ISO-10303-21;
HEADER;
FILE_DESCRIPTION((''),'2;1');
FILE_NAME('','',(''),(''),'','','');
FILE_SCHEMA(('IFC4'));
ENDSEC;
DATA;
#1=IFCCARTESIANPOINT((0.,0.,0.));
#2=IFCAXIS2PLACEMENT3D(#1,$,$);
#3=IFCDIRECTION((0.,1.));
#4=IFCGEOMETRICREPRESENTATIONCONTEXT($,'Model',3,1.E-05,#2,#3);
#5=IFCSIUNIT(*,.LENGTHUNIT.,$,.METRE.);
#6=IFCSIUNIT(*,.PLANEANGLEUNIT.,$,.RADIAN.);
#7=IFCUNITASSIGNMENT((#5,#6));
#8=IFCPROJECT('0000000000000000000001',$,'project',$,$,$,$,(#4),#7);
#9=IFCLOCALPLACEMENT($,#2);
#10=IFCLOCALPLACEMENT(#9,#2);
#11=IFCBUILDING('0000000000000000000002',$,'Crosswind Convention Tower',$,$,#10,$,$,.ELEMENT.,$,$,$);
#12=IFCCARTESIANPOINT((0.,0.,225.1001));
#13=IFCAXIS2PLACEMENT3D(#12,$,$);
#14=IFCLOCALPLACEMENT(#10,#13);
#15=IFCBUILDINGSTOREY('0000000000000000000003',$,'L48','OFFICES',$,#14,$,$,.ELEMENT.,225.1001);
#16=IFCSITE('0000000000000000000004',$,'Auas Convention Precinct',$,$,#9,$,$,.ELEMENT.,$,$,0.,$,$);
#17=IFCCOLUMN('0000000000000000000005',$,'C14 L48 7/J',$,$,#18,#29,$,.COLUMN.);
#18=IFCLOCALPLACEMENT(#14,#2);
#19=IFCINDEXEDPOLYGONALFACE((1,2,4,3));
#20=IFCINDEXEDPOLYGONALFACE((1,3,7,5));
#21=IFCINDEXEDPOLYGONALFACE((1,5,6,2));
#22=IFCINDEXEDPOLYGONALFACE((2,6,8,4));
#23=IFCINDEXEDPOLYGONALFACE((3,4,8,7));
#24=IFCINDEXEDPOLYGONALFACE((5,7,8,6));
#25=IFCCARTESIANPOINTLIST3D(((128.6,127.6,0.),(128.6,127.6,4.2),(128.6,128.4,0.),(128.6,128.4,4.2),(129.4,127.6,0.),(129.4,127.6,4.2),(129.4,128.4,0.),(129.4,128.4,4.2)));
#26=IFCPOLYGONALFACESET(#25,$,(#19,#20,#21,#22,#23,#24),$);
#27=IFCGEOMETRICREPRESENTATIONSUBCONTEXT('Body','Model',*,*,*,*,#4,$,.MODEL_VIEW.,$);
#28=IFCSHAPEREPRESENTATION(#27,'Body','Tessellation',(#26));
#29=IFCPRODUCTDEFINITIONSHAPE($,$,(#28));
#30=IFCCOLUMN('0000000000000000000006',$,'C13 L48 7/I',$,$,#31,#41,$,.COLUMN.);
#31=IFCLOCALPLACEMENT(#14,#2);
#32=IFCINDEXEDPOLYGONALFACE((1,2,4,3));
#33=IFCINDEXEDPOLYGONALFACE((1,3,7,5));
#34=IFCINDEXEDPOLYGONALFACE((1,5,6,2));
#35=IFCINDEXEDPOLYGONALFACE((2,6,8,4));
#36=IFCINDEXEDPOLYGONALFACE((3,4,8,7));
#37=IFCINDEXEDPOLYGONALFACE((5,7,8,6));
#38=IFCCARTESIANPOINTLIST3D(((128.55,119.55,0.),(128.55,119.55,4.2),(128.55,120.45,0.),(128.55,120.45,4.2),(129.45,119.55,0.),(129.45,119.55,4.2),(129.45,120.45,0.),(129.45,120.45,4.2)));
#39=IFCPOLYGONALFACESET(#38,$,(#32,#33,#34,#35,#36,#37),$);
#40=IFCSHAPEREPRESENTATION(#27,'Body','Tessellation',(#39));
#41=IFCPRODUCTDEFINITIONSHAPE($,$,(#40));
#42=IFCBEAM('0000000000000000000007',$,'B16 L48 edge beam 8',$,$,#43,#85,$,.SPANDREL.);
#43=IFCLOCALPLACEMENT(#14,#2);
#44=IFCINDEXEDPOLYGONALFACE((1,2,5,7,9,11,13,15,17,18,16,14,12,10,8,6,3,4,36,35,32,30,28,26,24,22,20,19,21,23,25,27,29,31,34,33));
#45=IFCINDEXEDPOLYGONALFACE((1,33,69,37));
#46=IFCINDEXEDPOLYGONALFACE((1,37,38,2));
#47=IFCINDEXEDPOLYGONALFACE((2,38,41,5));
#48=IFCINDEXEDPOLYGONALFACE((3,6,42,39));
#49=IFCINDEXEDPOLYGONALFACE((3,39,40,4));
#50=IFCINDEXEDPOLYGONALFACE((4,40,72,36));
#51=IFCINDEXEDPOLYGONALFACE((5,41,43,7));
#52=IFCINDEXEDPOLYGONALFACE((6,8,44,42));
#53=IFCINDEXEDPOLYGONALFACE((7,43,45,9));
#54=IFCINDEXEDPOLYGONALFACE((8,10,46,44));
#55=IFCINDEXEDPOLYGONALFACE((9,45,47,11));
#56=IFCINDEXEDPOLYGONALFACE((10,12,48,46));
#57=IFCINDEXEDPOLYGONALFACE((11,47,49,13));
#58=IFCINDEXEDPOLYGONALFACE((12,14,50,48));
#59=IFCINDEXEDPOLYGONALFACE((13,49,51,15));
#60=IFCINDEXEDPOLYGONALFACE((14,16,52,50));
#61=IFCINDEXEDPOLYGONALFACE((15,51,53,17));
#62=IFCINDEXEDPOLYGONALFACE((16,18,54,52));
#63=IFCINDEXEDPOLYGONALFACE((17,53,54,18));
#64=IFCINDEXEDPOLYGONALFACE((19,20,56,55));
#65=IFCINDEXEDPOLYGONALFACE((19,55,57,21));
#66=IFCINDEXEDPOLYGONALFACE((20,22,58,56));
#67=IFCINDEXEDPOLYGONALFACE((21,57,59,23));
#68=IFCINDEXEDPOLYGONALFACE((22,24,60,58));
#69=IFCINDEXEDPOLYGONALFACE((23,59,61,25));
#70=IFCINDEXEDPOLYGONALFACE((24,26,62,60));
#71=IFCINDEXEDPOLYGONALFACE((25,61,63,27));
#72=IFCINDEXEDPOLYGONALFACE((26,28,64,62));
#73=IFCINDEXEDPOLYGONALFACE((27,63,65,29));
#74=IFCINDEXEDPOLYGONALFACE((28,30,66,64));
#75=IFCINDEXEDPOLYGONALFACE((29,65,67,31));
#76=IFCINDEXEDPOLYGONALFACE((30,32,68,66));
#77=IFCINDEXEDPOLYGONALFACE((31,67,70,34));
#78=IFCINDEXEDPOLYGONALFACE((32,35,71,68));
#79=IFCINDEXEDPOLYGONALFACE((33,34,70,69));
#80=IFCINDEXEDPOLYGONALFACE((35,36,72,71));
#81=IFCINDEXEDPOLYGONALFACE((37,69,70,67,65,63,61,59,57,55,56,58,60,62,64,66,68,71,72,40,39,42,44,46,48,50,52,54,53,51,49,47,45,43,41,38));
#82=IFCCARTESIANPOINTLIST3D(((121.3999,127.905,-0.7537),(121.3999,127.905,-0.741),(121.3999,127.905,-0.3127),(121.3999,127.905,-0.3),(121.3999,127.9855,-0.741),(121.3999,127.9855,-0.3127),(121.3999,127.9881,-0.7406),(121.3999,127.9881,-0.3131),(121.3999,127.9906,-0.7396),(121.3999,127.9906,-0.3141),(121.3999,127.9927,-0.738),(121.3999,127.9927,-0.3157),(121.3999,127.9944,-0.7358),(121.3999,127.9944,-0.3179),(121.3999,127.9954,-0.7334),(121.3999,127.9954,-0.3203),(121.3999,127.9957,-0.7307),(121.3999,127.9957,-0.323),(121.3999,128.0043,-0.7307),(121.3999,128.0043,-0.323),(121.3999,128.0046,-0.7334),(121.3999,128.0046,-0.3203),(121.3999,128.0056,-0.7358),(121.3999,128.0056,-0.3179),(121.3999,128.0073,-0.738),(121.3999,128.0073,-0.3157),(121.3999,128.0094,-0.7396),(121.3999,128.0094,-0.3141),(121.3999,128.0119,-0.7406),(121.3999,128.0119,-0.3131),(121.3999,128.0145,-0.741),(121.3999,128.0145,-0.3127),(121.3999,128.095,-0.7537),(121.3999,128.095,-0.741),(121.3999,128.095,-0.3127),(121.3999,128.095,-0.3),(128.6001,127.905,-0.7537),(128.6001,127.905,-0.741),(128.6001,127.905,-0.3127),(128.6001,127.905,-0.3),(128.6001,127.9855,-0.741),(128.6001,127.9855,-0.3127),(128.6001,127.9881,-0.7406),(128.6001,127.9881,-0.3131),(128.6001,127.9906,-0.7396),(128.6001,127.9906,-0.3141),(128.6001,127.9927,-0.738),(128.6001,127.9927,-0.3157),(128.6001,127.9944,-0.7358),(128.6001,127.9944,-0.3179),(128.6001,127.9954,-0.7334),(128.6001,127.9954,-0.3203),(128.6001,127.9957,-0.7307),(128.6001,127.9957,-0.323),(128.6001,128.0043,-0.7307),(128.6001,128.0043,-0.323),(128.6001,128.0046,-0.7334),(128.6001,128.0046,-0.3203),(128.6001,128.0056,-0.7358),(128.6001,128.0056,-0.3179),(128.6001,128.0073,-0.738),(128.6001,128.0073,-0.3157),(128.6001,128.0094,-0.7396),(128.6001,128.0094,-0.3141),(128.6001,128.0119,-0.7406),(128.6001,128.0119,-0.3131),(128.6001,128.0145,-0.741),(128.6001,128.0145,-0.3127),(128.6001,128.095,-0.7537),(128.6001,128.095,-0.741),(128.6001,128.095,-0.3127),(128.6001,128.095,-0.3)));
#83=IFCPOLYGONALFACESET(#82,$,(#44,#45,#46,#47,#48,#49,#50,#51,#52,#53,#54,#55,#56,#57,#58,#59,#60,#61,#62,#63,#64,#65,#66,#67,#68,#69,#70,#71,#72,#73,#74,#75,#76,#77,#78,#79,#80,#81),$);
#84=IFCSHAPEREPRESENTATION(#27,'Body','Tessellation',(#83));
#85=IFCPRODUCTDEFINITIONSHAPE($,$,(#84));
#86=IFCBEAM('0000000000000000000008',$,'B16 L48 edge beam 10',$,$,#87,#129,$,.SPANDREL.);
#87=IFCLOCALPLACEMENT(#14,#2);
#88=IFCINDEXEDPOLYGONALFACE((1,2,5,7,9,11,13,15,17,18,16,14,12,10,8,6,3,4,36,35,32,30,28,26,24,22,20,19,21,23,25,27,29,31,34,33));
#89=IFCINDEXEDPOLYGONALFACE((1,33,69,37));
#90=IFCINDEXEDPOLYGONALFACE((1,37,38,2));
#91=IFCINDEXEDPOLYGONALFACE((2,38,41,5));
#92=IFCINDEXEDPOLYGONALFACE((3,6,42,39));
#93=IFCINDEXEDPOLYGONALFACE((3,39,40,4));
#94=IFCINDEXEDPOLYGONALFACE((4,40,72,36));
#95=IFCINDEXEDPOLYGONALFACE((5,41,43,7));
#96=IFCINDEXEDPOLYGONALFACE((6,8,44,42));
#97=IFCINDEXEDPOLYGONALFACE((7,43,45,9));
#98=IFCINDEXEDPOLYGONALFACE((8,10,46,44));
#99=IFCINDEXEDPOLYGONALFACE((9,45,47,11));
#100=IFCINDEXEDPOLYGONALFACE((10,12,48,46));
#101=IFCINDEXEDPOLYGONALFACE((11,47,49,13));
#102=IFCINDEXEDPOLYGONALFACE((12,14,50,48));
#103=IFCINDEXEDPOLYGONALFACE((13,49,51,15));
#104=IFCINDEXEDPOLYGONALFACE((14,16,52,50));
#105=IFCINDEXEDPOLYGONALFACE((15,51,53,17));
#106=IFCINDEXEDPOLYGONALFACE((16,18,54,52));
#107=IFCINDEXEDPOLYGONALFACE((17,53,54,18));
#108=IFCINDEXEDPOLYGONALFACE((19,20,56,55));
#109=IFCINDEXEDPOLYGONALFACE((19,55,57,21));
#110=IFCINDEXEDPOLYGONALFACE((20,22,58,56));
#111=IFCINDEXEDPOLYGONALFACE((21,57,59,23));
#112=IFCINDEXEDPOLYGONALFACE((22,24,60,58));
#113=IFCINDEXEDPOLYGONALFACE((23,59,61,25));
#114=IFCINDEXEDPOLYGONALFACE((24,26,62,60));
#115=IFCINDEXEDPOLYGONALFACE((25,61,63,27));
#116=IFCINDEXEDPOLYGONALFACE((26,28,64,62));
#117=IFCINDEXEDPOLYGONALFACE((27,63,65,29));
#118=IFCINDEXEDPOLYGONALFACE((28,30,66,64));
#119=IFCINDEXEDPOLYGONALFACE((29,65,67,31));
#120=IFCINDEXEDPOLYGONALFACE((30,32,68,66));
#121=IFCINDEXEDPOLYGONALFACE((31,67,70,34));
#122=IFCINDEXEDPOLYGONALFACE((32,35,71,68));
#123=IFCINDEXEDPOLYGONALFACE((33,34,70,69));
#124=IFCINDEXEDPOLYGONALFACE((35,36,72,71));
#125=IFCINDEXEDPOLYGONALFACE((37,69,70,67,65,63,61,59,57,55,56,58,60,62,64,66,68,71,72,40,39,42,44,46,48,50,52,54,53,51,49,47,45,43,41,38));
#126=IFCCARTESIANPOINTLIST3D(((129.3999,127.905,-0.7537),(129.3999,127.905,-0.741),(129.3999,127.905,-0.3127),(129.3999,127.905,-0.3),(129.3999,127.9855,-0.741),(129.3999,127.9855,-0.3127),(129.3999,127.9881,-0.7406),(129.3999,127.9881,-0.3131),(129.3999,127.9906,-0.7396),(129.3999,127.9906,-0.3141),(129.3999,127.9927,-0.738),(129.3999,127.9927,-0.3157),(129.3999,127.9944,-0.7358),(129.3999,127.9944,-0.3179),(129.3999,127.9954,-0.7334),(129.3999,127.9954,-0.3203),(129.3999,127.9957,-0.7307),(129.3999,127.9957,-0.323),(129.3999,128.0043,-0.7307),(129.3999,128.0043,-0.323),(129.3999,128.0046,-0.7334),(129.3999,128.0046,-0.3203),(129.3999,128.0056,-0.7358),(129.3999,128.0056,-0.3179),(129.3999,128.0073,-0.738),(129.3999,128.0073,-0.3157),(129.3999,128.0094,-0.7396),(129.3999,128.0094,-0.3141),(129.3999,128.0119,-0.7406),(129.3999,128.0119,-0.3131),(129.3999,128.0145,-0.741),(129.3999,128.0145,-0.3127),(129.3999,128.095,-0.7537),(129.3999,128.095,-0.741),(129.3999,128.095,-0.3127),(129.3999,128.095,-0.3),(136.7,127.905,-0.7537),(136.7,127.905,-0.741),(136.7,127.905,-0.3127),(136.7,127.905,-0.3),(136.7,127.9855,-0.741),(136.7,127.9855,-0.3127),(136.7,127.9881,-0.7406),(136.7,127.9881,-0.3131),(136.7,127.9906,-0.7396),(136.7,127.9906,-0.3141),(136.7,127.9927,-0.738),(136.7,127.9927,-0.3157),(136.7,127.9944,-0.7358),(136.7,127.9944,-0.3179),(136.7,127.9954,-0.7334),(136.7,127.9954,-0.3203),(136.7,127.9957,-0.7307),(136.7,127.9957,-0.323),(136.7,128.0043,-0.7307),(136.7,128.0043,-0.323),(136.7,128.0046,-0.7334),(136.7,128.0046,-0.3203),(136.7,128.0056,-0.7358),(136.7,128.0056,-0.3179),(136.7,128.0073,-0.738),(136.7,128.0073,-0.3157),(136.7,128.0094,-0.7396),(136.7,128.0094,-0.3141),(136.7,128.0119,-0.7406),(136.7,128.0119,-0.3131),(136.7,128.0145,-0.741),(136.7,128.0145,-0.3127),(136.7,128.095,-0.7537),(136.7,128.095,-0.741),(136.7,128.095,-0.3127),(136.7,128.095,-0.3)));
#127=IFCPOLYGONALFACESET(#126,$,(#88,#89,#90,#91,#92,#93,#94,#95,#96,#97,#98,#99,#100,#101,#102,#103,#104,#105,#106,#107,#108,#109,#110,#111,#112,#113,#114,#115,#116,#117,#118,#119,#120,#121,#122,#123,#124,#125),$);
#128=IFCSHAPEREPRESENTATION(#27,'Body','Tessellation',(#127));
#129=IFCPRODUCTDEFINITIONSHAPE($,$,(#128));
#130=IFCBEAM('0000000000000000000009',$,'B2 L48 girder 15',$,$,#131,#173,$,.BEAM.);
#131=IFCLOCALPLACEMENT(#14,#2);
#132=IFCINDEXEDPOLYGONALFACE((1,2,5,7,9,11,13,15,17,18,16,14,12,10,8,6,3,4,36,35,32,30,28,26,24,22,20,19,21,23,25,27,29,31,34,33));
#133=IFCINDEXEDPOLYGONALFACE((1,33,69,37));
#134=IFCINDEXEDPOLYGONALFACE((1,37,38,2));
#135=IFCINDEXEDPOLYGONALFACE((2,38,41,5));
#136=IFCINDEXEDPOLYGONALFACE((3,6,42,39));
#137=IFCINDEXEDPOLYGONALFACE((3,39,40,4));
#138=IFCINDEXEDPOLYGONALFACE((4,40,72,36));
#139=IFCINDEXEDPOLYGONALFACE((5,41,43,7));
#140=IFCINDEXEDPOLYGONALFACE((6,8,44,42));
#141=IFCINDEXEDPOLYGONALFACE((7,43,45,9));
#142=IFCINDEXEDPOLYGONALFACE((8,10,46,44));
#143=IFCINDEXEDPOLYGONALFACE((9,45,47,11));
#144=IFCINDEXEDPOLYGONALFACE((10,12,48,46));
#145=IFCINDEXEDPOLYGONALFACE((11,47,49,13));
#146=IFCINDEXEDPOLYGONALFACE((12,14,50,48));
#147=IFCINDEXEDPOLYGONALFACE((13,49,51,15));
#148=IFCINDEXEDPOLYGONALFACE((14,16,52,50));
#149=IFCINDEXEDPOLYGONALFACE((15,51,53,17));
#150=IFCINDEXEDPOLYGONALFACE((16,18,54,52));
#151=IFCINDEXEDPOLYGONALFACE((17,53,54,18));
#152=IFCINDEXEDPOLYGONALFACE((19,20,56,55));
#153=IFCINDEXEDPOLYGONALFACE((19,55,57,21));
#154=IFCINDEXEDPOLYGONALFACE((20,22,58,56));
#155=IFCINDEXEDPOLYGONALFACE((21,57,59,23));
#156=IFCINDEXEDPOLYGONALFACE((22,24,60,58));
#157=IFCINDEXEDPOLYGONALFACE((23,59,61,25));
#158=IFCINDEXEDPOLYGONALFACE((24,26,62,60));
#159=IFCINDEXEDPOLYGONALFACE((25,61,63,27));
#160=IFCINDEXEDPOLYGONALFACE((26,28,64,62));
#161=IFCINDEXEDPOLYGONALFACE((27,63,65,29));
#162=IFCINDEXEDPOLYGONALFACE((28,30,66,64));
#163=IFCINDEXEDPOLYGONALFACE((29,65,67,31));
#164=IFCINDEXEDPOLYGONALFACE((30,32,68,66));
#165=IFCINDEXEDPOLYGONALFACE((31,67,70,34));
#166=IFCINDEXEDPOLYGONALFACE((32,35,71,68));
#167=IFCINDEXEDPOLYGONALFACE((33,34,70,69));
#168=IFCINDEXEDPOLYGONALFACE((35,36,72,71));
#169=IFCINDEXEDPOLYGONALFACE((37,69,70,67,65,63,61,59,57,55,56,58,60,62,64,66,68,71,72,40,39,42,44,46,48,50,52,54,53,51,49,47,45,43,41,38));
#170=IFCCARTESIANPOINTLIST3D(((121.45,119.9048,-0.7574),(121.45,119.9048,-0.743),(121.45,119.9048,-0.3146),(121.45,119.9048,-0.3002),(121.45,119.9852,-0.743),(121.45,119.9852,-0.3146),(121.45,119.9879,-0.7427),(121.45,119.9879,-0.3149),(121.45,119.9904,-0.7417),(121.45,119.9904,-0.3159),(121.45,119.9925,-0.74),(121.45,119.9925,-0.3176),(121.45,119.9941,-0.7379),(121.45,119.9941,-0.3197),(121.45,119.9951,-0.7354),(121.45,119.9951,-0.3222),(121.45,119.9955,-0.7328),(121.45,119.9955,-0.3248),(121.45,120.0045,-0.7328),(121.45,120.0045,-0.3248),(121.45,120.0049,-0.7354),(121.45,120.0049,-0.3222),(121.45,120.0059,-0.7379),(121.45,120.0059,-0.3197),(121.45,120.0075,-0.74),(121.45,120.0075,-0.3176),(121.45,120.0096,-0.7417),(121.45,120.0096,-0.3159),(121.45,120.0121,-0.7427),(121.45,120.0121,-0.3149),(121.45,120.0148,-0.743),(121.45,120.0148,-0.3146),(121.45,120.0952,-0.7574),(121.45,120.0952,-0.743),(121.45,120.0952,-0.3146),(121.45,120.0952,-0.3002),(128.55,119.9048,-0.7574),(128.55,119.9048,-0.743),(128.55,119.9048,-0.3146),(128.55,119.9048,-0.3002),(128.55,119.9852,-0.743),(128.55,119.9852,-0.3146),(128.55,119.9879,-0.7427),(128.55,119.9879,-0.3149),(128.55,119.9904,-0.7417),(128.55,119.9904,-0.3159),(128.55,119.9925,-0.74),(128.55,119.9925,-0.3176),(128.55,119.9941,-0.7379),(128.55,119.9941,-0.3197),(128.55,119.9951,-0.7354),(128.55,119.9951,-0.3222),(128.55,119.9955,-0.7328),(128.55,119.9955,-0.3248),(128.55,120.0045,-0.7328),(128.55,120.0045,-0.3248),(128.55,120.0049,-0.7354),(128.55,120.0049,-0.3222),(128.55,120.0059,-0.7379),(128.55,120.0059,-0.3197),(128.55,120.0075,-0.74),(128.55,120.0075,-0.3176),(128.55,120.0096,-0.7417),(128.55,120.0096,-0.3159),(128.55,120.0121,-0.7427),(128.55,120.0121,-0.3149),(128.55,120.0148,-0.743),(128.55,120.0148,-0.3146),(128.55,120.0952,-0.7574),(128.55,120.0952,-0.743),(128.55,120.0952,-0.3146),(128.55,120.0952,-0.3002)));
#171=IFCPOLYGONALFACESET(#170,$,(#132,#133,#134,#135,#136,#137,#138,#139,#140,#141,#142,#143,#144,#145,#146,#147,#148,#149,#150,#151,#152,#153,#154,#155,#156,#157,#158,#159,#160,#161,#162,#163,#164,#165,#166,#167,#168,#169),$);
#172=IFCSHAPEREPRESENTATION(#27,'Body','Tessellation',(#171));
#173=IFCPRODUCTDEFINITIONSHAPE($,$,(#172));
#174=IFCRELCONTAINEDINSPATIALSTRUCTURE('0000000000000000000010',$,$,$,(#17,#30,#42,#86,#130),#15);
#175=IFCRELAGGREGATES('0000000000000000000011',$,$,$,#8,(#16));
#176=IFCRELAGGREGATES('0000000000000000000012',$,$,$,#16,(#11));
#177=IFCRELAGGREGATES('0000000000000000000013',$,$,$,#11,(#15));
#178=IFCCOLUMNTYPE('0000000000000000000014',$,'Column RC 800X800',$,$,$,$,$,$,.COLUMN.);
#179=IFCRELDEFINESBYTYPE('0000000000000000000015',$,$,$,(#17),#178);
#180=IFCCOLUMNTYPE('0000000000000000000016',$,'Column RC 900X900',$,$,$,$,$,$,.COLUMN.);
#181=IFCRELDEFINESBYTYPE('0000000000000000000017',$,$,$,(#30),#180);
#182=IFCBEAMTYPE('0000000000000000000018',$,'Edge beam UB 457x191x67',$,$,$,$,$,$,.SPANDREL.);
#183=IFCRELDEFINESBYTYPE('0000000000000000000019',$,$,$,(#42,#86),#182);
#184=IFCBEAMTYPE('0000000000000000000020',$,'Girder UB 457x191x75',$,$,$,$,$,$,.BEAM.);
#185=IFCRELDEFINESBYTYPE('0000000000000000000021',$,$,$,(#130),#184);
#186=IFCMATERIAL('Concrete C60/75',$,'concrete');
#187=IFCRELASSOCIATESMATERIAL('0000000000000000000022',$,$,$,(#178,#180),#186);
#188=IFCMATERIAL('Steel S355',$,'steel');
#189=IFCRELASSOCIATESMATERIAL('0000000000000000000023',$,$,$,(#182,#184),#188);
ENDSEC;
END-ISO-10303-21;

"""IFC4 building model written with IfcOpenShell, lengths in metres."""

from ifc_helpers import new_model, si_unit, direction, frame, origin, origin_2d, place, context, subcontext, project, spatial, rectangle, i_section, extrude, material, material_profile, profile_set, type_object, element, save


model = new_model("IFC4")

# Units and contexts
model_context = context("Model", 3, precision=1e-05, world=origin(), true_north=direction((0.0, 1.0)))
body_context = subcontext(model_context, "Body", "Model", "MODEL_VIEW")
ifc_project = project(units=[si_unit("LENGTHUNIT", "METRE"), si_unit("PLANEANGLEUNIT", "RADIAN")], contexts=[model_context])

# Site, building, storey
site_placement = place(None, origin())
site = spatial("IfcSite", under=ifc_project, at=site_placement, Name="Auas Convention Precinct", CompositionType="ELEMENT", RefElevation=0.0)
building_placement = place(site_placement, origin())
building = spatial("IfcBuilding", under=site, at=building_placement, Name="Crosswind Convention Tower", CompositionType="ELEMENT")
storey_placement = place(building_placement, frame((0.0, 0.0, 225.1001)))
storey = spatial("IfcBuildingStorey", under=building, at=storey_placement, Name="L48", Description="OFFICES", CompositionType="ELEMENT", Elevation=225.1001)

# Columns
ifc_material_1 = material(Name="Concrete C60/75", Category="concrete")
ifc_material_profile_1 = material_profile(ifc_material_1, rectangle(XDim=0.8, YDim=0.8, at=origin_2d()), Name="RC 800X800")
ifc_profile_set_1 = profile_set([ifc_material_profile_1], Name="Concrete C60/75")
column_type_1 = type_object("IfcColumnType", Name="Column RC 800X800", PredefinedType="COLUMN", material=ifc_profile_set_1)
column_1_placement = place(storey_placement, frame((129.0, 128.0, 0.0), z_axis=(0.0, 0.0, 1.0), x_axis=(1.0, 0.0, 0.0)))
element("IfcColumn", 1, at=column_1_placement, inside=storey, type_object=column_type_1, Name="C14 L48 7/J", PredefinedType="COLUMN", context=body_context, shape_type="SweptSolid", body=[
    extrude(rectangle(XDim=0.8, YDim=0.8, at=origin_2d()), origin(), (0.0, 0.0, 1.0), 4.2),
])
ifc_material_profile_2 = material_profile(ifc_material_1, rectangle(XDim=0.8999, YDim=0.8999, at=origin_2d()), Name="RC 900X900")
ifc_profile_set_2 = profile_set([ifc_material_profile_2], Name="Concrete C60/75")
column_type_2 = type_object("IfcColumnType", Name="Column RC 900X900", PredefinedType="COLUMN", material=ifc_profile_set_2)
column_2_placement = place(storey_placement, frame((129.0, 120.0, 0.0), z_axis=(0.0, 0.0, 1.0), x_axis=(1.0, 0.0, 0.0)))
element("IfcColumn", 2, at=column_2_placement, inside=storey, type_object=column_type_2, Name="C13 L48 7/I", PredefinedType="COLUMN", context=body_context, shape_type="SweptSolid", body=[
    extrude(rectangle(XDim=0.8999, YDim=0.8999, at=origin_2d()), origin(), (0.0, 0.0, 1.0), 4.2),
])

# Beams
ifc_material_2 = material(Name="Steel S355", Category="steel")
ifc_material_profile_3 = material_profile(ifc_material_2, i_section(OverallWidth=0.1899, OverallDepth=0.4536, WebThickness=0.0085, FlangeThickness=0.0127, FilletRadius=0.0103, at=origin_2d()), Name="UB 457x191x67")
ifc_profile_set_3 = profile_set([ifc_material_profile_3], Name="Steel S355")
beam_type_1 = type_object("IfcBeamType", Name="Edge beam UB 457x191x67", PredefinedType="SPANDREL", material=ifc_profile_set_3)
beam_1_placement = place(storey_placement, frame((121.3999, 128.0, -0.5269), z_axis=(1.0, 0.0, 0.0), x_axis=(0.0, 1.0, 0.0)))
element("IfcBeam", 3, at=beam_1_placement, inside=storey, type_object=beam_type_1, Name="B16 L48 edge beam 8", PredefinedType="SPANDREL", context=body_context, shape_type="SweptSolid", body=[
    extrude(i_section(OverallWidth=0.1899, OverallDepth=0.4536, WebThickness=0.0085, FlangeThickness=0.0127, FilletRadius=0.0103, at=origin_2d()), origin(), (0.0, 0.0, 1.0), 7.2002),
])
beam_2_placement = place(storey_placement, frame((129.3999, 128.0, -0.5269), z_axis=(1.0, 0.0, 0.0), x_axis=(0.0, 1.0, 0.0)))
element("IfcBeam", 4, at=beam_2_placement, inside=storey, type_object=beam_type_1, Name="B16 L48 edge beam 10", PredefinedType="SPANDREL", context=body_context, shape_type="SweptSolid", body=[
    extrude(i_section(OverallWidth=0.1899, OverallDepth=0.4536, WebThickness=0.0085, FlangeThickness=0.0127, FilletRadius=0.0103, at=origin_2d()), origin(), (0.0, 0.0, 1.0), 7.3),
])
ifc_material_profile_4 = material_profile(ifc_material_2, i_section(OverallWidth=0.1904, OverallDepth=0.4573, WebThickness=0.009, FlangeThickness=0.0144, FilletRadius=0.0103, at=origin_2d()), Name="UB 457x191x75")
ifc_profile_set_4 = profile_set([ifc_material_profile_4], Name="Steel S355")
beam_type_2 = type_object("IfcBeamType", Name="Girder UB 457x191x75", PredefinedType="BEAM", material=ifc_profile_set_4)
beam_3_placement = place(storey_placement, frame((121.45, 120.0, -0.5288), z_axis=(1.0, 0.0, 0.0), x_axis=(0.0, 1.0, 0.0)))
element("IfcBeam", 5, at=beam_3_placement, inside=storey, type_object=beam_type_2, Name="B2 L48 girder 15", PredefinedType="BEAM", context=body_context, shape_type="SweptSolid", body=[
    extrude(i_section(OverallWidth=0.1904, OverallDepth=0.4573, WebThickness=0.009, FlangeThickness=0.0144, FilletRadius=0.0103, at=origin_2d()), origin(), (0.0, 0.0, 1.0), 7.1001),
])

save(model, "model.ifc")
